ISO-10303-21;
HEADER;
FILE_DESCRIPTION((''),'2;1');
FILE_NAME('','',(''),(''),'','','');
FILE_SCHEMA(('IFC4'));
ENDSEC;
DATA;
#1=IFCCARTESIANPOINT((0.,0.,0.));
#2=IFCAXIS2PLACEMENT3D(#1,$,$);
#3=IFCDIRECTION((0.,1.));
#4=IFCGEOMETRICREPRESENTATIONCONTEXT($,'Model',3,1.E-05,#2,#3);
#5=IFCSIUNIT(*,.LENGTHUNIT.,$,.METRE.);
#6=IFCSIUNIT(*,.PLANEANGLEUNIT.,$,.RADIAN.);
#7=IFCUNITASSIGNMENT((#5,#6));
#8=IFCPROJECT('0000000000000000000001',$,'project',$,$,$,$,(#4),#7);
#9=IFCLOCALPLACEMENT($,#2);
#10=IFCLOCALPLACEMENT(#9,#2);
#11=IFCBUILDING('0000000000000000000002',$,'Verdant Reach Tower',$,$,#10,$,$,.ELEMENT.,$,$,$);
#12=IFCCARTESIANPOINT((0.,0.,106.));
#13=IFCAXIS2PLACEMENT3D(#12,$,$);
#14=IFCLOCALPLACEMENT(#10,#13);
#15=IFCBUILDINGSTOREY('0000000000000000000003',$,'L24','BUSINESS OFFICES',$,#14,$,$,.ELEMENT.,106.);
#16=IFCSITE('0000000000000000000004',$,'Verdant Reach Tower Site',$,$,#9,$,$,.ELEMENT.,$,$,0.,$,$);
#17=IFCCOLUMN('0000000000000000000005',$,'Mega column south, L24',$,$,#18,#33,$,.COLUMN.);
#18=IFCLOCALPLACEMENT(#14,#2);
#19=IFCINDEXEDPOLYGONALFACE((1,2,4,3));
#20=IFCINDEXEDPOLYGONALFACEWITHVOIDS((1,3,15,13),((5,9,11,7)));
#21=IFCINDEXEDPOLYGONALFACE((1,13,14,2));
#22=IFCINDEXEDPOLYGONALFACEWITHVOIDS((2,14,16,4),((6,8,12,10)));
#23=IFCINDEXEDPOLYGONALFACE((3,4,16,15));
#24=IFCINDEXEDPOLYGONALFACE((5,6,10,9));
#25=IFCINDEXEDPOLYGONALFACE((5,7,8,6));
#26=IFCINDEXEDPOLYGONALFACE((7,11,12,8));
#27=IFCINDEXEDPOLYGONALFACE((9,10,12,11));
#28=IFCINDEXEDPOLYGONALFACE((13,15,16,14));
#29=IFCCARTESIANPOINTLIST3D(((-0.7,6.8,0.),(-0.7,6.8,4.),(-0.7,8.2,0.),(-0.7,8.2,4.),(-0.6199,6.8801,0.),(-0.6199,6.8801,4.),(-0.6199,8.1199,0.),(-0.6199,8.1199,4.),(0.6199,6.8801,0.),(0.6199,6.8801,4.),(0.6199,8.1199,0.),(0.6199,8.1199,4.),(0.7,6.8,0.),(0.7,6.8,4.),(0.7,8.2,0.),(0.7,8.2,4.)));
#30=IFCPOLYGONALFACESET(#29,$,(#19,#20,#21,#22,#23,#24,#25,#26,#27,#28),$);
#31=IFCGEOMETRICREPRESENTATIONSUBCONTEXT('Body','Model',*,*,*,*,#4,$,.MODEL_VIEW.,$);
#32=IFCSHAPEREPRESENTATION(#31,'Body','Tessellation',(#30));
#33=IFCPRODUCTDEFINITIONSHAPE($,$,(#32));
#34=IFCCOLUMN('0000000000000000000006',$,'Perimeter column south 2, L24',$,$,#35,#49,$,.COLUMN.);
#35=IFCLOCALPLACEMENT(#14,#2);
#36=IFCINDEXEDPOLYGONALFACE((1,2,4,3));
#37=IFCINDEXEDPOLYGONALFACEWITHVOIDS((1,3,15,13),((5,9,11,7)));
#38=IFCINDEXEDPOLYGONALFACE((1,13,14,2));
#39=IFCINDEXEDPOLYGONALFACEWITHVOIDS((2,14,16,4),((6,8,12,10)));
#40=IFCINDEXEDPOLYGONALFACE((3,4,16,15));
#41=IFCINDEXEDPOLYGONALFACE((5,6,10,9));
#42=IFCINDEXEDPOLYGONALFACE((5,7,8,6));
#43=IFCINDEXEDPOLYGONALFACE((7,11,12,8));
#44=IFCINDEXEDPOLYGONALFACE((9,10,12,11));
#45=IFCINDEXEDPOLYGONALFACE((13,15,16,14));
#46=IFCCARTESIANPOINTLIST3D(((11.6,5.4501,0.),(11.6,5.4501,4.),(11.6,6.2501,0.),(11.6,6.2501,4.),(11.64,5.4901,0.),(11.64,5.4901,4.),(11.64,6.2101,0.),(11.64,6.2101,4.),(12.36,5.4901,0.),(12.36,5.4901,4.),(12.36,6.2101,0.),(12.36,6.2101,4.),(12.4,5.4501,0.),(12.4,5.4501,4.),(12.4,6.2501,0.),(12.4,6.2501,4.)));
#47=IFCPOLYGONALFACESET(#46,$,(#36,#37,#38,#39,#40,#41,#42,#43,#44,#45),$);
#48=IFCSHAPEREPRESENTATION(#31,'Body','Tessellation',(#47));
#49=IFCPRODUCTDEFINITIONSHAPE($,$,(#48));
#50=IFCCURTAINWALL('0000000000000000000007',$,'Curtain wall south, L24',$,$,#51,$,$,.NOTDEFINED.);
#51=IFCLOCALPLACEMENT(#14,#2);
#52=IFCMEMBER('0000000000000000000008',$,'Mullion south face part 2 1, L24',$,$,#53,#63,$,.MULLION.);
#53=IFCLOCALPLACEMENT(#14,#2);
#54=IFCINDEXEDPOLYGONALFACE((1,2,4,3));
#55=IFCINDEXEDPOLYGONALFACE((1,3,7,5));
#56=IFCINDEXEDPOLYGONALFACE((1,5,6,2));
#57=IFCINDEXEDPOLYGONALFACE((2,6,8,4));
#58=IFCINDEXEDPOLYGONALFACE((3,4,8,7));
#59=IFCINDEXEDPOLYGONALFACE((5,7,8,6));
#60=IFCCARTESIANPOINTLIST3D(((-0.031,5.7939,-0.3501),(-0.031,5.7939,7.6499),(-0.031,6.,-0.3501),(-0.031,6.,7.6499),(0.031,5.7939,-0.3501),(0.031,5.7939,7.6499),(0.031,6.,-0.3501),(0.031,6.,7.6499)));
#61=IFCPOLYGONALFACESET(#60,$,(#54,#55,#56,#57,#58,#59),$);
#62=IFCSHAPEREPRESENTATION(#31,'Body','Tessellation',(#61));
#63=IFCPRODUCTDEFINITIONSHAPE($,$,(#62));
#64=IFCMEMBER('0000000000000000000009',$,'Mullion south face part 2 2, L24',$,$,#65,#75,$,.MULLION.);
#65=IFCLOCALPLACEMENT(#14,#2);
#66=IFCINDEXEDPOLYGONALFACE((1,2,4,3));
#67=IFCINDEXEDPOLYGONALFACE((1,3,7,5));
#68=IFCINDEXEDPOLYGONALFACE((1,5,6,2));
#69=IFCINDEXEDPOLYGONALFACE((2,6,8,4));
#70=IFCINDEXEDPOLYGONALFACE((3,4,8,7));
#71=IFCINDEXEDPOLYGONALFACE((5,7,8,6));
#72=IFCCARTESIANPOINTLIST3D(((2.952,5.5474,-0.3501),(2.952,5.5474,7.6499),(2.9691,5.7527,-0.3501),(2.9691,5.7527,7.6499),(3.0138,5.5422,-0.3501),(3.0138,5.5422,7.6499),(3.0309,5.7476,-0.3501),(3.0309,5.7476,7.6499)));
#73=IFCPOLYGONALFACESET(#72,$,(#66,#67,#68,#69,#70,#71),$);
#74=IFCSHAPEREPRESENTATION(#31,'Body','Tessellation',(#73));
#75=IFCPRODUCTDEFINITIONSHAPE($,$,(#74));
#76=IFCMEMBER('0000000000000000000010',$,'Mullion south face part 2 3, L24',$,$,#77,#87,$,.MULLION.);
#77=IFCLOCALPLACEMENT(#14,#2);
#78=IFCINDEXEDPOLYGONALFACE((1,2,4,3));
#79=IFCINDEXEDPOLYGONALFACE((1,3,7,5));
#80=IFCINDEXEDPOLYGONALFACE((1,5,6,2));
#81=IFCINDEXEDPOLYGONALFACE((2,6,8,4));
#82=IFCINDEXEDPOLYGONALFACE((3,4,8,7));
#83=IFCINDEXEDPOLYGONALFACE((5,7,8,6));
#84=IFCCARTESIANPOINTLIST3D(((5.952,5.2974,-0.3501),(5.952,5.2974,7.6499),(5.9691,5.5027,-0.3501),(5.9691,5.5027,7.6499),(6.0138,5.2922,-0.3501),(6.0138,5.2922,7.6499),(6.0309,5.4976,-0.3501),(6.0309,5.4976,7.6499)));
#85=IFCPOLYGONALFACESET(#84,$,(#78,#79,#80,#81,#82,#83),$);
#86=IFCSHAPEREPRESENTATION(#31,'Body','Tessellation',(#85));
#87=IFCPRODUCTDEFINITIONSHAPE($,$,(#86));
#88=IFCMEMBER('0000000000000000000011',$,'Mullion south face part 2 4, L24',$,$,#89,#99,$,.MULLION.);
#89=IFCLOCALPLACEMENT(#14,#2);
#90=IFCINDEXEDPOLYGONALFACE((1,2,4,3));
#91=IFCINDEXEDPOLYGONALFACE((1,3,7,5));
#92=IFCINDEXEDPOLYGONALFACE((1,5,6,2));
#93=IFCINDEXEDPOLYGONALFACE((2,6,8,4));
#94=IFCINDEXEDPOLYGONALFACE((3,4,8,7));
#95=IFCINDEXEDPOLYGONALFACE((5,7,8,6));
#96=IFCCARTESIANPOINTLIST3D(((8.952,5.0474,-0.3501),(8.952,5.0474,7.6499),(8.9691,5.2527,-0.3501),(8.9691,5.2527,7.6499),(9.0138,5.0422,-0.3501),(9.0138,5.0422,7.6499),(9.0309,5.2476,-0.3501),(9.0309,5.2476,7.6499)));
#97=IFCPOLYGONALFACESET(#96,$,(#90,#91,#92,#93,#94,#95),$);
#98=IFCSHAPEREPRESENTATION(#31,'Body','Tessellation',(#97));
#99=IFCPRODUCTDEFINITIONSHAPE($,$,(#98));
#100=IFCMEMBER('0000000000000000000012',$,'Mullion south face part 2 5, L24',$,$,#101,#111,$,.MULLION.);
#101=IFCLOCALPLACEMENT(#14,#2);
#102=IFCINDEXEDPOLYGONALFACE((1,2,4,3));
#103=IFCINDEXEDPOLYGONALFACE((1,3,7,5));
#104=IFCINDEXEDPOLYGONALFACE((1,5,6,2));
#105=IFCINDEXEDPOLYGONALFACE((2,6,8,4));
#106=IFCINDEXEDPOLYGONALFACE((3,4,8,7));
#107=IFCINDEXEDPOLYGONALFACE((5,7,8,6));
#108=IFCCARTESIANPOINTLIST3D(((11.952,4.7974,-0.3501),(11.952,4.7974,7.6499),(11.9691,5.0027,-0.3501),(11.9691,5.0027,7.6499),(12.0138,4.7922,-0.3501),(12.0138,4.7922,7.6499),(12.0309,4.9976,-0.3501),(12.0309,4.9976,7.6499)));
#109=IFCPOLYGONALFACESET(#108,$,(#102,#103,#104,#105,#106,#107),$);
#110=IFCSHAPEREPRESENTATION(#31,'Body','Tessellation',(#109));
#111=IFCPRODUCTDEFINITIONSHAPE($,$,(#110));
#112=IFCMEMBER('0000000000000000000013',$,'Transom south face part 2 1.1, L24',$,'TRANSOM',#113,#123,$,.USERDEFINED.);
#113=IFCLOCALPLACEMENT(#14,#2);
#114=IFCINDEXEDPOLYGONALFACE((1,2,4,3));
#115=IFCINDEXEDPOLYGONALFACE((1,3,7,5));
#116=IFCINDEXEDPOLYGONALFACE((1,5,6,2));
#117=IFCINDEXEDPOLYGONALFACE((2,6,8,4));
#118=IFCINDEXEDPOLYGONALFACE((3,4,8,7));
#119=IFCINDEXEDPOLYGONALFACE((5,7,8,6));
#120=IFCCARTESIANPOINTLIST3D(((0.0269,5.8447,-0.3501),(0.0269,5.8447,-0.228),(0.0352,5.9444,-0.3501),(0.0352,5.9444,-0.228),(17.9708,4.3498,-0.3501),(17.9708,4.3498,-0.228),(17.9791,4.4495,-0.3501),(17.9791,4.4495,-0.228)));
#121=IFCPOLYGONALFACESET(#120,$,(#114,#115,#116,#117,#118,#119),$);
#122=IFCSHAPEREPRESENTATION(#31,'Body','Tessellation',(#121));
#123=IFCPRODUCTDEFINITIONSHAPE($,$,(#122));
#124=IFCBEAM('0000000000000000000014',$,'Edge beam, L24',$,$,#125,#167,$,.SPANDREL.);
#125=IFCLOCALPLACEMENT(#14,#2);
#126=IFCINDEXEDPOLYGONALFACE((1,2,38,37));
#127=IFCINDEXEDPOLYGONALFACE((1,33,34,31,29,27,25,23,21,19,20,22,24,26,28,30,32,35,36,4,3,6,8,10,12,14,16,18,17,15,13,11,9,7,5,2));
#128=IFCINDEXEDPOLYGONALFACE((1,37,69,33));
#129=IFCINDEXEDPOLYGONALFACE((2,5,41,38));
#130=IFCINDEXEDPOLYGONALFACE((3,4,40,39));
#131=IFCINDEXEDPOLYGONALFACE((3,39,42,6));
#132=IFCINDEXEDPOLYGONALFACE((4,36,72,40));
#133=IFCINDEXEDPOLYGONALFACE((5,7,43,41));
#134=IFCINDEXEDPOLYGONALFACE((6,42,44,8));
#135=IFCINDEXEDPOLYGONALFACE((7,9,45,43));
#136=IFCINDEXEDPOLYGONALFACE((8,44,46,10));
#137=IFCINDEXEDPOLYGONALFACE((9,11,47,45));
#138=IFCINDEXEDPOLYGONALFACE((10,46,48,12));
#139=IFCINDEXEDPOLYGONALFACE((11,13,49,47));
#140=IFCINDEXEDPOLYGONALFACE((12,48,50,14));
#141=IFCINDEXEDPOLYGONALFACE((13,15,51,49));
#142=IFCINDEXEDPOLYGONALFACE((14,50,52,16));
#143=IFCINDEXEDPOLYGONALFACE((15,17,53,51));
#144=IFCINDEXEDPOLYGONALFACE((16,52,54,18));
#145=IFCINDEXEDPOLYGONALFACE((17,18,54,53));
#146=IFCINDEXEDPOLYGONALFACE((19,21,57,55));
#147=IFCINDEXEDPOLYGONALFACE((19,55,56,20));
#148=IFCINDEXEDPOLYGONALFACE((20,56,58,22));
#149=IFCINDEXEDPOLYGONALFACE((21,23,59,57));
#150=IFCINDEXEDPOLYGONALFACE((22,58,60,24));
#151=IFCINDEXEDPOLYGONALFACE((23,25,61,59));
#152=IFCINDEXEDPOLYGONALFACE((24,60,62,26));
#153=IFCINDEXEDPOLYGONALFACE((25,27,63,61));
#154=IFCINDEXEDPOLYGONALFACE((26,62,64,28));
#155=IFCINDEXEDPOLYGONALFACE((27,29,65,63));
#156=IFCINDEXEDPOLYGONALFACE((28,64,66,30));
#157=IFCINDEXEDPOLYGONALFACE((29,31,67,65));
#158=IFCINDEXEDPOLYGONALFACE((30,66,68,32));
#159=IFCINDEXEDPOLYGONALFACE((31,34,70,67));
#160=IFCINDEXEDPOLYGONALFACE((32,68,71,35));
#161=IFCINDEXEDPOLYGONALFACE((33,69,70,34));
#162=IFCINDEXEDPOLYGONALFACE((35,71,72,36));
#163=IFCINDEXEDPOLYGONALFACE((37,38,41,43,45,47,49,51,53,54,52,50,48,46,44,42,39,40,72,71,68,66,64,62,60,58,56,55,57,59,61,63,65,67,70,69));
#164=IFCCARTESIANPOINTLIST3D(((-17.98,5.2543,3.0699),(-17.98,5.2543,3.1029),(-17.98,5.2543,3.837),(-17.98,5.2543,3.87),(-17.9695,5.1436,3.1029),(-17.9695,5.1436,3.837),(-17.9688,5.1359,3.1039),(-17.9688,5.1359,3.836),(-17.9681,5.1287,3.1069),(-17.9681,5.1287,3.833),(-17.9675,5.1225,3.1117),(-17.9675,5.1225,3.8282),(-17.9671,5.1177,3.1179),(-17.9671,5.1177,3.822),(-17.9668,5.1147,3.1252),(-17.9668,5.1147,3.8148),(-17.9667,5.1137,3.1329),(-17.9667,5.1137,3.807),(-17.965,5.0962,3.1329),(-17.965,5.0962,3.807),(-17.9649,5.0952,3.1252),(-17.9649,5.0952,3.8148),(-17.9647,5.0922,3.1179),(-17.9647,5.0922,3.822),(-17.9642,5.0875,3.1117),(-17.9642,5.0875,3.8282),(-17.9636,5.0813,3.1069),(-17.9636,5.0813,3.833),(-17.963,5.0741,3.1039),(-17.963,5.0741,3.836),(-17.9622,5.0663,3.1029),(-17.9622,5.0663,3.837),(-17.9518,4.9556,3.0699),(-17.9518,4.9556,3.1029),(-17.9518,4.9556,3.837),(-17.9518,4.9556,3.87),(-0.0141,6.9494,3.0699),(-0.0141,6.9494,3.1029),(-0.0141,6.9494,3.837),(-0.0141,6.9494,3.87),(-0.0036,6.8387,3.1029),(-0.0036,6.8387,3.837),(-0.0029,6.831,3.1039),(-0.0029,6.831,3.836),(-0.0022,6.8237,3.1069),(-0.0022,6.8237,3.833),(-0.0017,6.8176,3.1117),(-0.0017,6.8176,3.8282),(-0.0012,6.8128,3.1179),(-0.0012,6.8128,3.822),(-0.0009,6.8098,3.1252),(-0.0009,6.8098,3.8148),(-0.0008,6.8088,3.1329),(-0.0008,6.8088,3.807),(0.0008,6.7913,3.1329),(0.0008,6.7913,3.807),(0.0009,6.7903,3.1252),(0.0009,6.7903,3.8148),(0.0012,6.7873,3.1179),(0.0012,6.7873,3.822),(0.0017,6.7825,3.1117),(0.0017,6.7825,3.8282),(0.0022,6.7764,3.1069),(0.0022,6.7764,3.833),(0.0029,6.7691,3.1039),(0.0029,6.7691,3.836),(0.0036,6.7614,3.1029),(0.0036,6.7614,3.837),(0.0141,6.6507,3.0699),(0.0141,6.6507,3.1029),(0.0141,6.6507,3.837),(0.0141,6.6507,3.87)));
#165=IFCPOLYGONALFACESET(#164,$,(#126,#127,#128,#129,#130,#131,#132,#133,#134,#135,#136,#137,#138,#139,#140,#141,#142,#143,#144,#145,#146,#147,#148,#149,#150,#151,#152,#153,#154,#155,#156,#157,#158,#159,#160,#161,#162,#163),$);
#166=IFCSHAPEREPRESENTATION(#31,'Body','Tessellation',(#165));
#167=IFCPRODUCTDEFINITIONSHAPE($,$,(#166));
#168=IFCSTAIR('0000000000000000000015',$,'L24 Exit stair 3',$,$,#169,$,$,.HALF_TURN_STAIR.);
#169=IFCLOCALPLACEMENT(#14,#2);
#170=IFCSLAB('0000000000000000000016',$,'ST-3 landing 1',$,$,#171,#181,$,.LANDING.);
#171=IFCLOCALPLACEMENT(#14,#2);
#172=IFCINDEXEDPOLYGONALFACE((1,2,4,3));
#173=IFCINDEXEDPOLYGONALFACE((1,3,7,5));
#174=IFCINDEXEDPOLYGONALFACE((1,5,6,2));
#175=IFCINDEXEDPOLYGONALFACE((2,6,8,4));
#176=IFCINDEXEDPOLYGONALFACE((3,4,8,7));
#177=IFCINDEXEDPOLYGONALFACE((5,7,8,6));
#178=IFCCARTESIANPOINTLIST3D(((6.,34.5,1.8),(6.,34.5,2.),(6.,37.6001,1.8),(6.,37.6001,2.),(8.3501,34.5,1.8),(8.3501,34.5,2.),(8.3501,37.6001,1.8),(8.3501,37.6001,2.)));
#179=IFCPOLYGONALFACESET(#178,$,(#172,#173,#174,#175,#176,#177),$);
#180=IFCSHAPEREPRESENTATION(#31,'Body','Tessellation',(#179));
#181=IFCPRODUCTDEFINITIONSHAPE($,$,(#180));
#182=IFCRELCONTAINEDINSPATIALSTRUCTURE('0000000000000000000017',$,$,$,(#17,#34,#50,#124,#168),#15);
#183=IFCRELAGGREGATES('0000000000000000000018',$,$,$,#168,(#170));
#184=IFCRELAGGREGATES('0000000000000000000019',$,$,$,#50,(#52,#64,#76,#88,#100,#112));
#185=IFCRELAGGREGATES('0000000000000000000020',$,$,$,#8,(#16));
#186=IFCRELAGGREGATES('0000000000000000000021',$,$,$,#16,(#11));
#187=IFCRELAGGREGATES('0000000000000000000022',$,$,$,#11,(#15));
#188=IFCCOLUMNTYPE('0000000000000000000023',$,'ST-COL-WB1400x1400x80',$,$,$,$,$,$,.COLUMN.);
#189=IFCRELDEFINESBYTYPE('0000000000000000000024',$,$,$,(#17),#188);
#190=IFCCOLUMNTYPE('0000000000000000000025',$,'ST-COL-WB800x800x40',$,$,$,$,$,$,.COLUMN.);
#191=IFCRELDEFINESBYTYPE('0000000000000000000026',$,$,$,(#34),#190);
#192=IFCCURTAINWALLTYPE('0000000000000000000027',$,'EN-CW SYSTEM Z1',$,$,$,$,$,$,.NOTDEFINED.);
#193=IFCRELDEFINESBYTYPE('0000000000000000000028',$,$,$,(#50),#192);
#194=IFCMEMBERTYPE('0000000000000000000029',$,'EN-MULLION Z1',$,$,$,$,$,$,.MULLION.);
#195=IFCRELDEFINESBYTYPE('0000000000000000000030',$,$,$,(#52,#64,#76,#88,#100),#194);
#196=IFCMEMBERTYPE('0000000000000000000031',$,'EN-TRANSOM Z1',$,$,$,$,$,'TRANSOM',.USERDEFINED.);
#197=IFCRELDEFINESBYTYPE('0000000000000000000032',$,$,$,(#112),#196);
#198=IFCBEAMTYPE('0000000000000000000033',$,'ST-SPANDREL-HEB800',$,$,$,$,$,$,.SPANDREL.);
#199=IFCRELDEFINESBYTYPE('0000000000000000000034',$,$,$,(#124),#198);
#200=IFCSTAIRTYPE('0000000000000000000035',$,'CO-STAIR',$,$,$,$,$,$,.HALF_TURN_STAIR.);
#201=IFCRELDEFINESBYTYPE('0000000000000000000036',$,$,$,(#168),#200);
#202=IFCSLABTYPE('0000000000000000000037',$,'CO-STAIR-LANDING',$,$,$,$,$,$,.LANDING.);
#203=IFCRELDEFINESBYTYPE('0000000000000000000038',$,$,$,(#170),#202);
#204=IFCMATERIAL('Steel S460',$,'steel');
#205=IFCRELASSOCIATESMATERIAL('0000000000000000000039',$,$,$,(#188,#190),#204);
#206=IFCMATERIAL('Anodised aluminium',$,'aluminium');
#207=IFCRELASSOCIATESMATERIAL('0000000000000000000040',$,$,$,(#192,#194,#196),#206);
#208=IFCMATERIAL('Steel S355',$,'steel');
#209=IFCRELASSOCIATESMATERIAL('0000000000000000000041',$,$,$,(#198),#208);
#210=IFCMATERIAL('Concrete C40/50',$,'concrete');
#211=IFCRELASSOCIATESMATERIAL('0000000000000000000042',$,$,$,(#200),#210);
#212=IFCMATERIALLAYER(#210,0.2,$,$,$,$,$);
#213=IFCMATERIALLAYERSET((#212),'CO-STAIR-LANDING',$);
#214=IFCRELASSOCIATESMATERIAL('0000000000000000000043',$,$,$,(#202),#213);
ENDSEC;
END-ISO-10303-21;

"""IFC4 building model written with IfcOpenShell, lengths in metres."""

from ifc_helpers import new_model, si_unit, direction, frame, origin, origin_2d, place, context, subcontext, project, spatial, polyline, rectangle, hollow_rectangle, i_section, outline, extrude, material, layer, layer_set, material_profile, profile_set, type_object, element, aggregate, save


model = new_model("IFC4")

# Units and contexts
model_context = context("Model", 3, precision=1e-05, world=origin(), true_north=direction((0.0, 1.0)))
body_context = subcontext(model_context, "Body", "Model", "MODEL_VIEW")
ifc_project = project(units=[si_unit("LENGTHUNIT", "METRE"), si_unit("PLANEANGLEUNIT", "RADIAN")], contexts=[model_context])

# Site, building, storey
site_placement = place(None, origin())
site = spatial("IfcSite", under=ifc_project, at=site_placement, Name="Verdant Reach Tower Site", CompositionType="ELEMENT", RefElevation=0.0)
building_placement = place(site_placement, origin())
building = spatial("IfcBuilding", under=site, at=building_placement, Name="Verdant Reach Tower", CompositionType="ELEMENT")
storey_placement = place(building_placement, frame((0.0, 0.0, 106.0)))
storey = spatial("IfcBuildingStorey", under=building, at=storey_placement, Name="L24", Description="BUSINESS OFFICES", CompositionType="ELEMENT", Elevation=106.0)

# Columns
ifc_material_1 = material(Name="Steel S460", Category="steel")
ifc_material_profile_1 = material_profile(ifc_material_1, hollow_rectangle(XDim=1.3999, YDim=1.3999, WallThickness=0.0801, at=origin_2d()), Name="WB 1400x1400x80")
ifc_profile_set_1 = profile_set([ifc_material_profile_1], Name="Steel S460")
column_type_1 = type_object("IfcColumnType", Name="ST-COL-WB1400x1400x80", PredefinedType="COLUMN", material=ifc_profile_set_1)
column_1_placement = place(storey_placement, frame((0.0, 7.5, 0.0), z_axis=(0.0, 0.0, 1.0), x_axis=(1.0, 0.0, 0.0)))
element("IfcColumn", 1, at=column_1_placement, inside=storey, type_object=column_type_1, Name="Mega column south, L24", PredefinedType="COLUMN", context=body_context, shape_type="SweptSolid", body=[
    extrude(hollow_rectangle(XDim=1.3999, YDim=1.3999, WallThickness=0.0801, at=origin_2d()), origin(), (0.0, 0.0, 1.0), 4.0),
])
ifc_material_profile_2 = material_profile(ifc_material_1, hollow_rectangle(XDim=0.8, YDim=0.8, WallThickness=0.04, at=origin_2d()), Name="WB 800x800x40")
ifc_profile_set_2 = profile_set([ifc_material_profile_2], Name="Steel S460")
column_type_2 = type_object("IfcColumnType", Name="ST-COL-WB800x800x40", PredefinedType="COLUMN", material=ifc_profile_set_2)
column_2_placement = place(storey_placement, frame((12.0, 5.8501, 0.0), z_axis=(0.0, 0.0, 1.0), x_axis=(1.0, 0.0, 0.0)))
element("IfcColumn", 2, at=column_2_placement, inside=storey, type_object=column_type_2, Name="Perimeter column south 2, L24", PredefinedType="COLUMN", context=body_context, shape_type="SweptSolid", body=[
    extrude(hollow_rectangle(XDim=0.8, YDim=0.8, WallThickness=0.04, at=origin_2d()), origin(), (0.0, 0.0, 1.0), 4.0),
])

# Curtain wall, members
ifc_material_2 = material(Name="Anodised aluminium", Category="aluminium")
curtain_wall_type = type_object("IfcCurtainWallType", Name="EN-CW SYSTEM Z1", PredefinedType="NOTDEFINED", material=ifc_material_2)
curtain_wall_placement = place(storey_placement, origin())
curtain_wall = element("IfcCurtainWall", 3, at=curtain_wall_placement, inside=storey, type_object=curtain_wall_type, Name="Curtain wall south, L24", PredefinedType="NOTDEFINED")
ifc_material_profile_3 = material_profile(ifc_material_2, rectangle(XDim=0.2061, YDim=0.062, at=origin_2d()), Name="Mullion 62x206")
ifc_profile_set_3 = profile_set([ifc_material_profile_3], Name="Anodised aluminium")
member_type_1 = type_object("IfcMemberType", Name="EN-MULLION Z1", PredefinedType="MULLION", material=ifc_profile_set_3)
member_1_placement = place(storey_placement, frame((0.0, 5.897, -0.3501), z_axis=(0.0, 0.0, 1.0), x_axis=(0.0, -1.0, 0.0)))
member_1 = element("IfcMember", 4, at=member_1_placement, type_object=member_type_1, Name="Mullion south face part 2 1, L24", PredefinedType="MULLION", context=body_context, shape_type="SweptSolid", body=[
    extrude(rectangle(XDim=0.2061, YDim=0.062, at=origin_2d()), origin(), (0.0, 0.0, 1.0), 8.0),
])
member_2_placement = place(storey_placement, frame((2.9915, 5.6475, -0.3501), z_axis=(0.0, 0.0, 1.0), x_axis=(-0.083045, -0.996546, 0.0)))
member_2 = element("IfcMember", 5, at=member_2_placement, type_object=member_type_1, Name="Mullion south face part 2 2, L24", PredefinedType="MULLION", context=body_context, shape_type="SweptSolid", body=[
    extrude(rectangle(XDim=0.2061, YDim=0.062, at=origin_2d()), origin(), (0.0, 0.0, 1.0), 8.0),
])
member_3_placement = place(storey_placement, frame((5.9915, 5.3975, -0.3501), z_axis=(0.0, 0.0, 1.0), x_axis=(-0.083045, -0.996546, 0.0)))
member_3 = element("IfcMember", 6, at=member_3_placement, type_object=member_type_1, Name="Mullion south face part 2 3, L24", PredefinedType="MULLION", context=body_context, shape_type="SweptSolid", body=[
    extrude(rectangle(XDim=0.2061, YDim=0.062, at=origin_2d()), origin(), (0.0, 0.0, 1.0), 8.0),
])
member_4_placement = place(storey_placement, frame((8.9915, 5.1475, -0.3501), z_axis=(0.0, 0.0, 1.0), x_axis=(-0.083045, -0.996546, 0.0)))
member_4 = element("IfcMember", 7, at=member_4_placement, type_object=member_type_1, Name="Mullion south face part 2 4, L24", PredefinedType="MULLION", context=body_context, shape_type="SweptSolid", body=[
    extrude(rectangle(XDim=0.2061, YDim=0.062, at=origin_2d()), origin(), (0.0, 0.0, 1.0), 8.0),
])
member_5_placement = place(storey_placement, frame((11.9915, 4.8975, -0.3501), z_axis=(0.0, 0.0, 1.0), x_axis=(-0.083045, -0.996546, 0.0)))
member_5 = element("IfcMember", 8, at=member_5_placement, type_object=member_type_1, Name="Mullion south face part 2 5, L24", PredefinedType="MULLION", context=body_context, shape_type="SweptSolid", body=[
    extrude(rectangle(XDim=0.2061, YDim=0.062, at=origin_2d()), origin(), (0.0, 0.0, 1.0), 8.0),
])
ifc_material_profile_4 = material_profile(ifc_material_2, rectangle(XDim=0.1001, YDim=0.1221, at=origin_2d()), Name="Transom 122x100")
ifc_profile_set_4 = profile_set([ifc_material_profile_4], Name="Anodised aluminium")
member_type_2 = type_object("IfcMemberType", Name="EN-TRANSOM Z1", ElementType="TRANSOM", PredefinedType="USERDEFINED", material=ifc_profile_set_4)
member_6_placement = place(storey_placement, frame((0.031, 5.8945, -0.2891), z_axis=(0.996548, -0.083021, 0.0), x_axis=(0.083021, 0.996548, 0.0)))
member_6 = element("IfcMember", 9, at=member_6_placement, type_object=member_type_2, Name="Transom south face part 2 1.1, L24", ObjectType="TRANSOM", PredefinedType="USERDEFINED", context=body_context, shape_type="SweptSolid", body=[
    extrude(rectangle(XDim=0.1001, YDim=0.1221, at=origin_2d()), origin(), (0.0, 0.0, 1.0), 18.0061),
])

# Beam
ifc_material_3 = material(Name="Steel S355", Category="steel")
ifc_material_profile_5 = material_profile(ifc_material_3, i_section(OverallWidth=0.3, OverallDepth=0.8, WebThickness=0.0176, FlangeThickness=0.033, FilletRadius=0.03, at=origin_2d()), Name="HEB 800")
ifc_profile_set_5 = profile_set([ifc_material_profile_5], Name="Steel S355")
beam_type = type_object("IfcBeamType", Name="ST-SPANDREL-HEB800", PredefinedType="SPANDREL", material=ifc_profile_set_5)
beam_placement = place(storey_placement, frame((0.0, 6.8, 3.47), z_axis=(-0.995579, -0.093932, 0.0), x_axis=(0.093932, -0.995579, 0.0)))
element("IfcBeam", 10, at=beam_placement, inside=storey, type_object=beam_type, Name="Edge beam, L24", PredefinedType="SPANDREL", context=body_context, shape_type="SweptSolid", body=[
    extrude(i_section(OverallWidth=0.3, OverallDepth=0.8, WebThickness=0.0176, FlangeThickness=0.033, FilletRadius=0.03, at=origin_2d()), origin(), (0.0, 0.0, 1.0), 18.0457),
])

# Stair, slab
ifc_material_4 = material(Name="Concrete C40/50", Category="concrete")
stair_type = type_object("IfcStairType", Name="CO-STAIR", PredefinedType="HALF_TURN_STAIR", material=ifc_material_4)
stair_placement = place(storey_placement, origin())
stair = element("IfcStair", 11, at=stair_placement, inside=storey, type_object=stair_type, Name="L24 Exit stair 3", PredefinedType="HALF_TURN_STAIR")
ifc_layer_1 = layer(ifc_material_4, 0.2)
ifc_layer_set_1 = layer_set([ifc_layer_1], Name="CO-STAIR-LANDING")
slab_type = type_object("IfcSlabType", Name="CO-STAIR-LANDING", PredefinedType="LANDING", material=ifc_layer_set_1)
slab_placement = place(storey_placement, frame((0.0, 0.0, 1.8)))
slab = element("IfcSlab", 12, at=slab_placement, type_object=slab_type, Name="ST-3 landing 1", PredefinedType="LANDING", context=body_context, shape_type="SweptSolid", body=[
    extrude(outline(polyline([(8.3501, 37.6001), (6.0, 37.6001), (6.0, 34.5), (8.3501, 34.5), (8.3501, 37.6001)])), origin(), (0.0, 0.0, 1.0), 0.2),
])
aggregate(stair, [slab])

aggregate(curtain_wall, [member_1, member_2, member_3, member_4, member_5, member_6])

save(model, "model.ifc")
